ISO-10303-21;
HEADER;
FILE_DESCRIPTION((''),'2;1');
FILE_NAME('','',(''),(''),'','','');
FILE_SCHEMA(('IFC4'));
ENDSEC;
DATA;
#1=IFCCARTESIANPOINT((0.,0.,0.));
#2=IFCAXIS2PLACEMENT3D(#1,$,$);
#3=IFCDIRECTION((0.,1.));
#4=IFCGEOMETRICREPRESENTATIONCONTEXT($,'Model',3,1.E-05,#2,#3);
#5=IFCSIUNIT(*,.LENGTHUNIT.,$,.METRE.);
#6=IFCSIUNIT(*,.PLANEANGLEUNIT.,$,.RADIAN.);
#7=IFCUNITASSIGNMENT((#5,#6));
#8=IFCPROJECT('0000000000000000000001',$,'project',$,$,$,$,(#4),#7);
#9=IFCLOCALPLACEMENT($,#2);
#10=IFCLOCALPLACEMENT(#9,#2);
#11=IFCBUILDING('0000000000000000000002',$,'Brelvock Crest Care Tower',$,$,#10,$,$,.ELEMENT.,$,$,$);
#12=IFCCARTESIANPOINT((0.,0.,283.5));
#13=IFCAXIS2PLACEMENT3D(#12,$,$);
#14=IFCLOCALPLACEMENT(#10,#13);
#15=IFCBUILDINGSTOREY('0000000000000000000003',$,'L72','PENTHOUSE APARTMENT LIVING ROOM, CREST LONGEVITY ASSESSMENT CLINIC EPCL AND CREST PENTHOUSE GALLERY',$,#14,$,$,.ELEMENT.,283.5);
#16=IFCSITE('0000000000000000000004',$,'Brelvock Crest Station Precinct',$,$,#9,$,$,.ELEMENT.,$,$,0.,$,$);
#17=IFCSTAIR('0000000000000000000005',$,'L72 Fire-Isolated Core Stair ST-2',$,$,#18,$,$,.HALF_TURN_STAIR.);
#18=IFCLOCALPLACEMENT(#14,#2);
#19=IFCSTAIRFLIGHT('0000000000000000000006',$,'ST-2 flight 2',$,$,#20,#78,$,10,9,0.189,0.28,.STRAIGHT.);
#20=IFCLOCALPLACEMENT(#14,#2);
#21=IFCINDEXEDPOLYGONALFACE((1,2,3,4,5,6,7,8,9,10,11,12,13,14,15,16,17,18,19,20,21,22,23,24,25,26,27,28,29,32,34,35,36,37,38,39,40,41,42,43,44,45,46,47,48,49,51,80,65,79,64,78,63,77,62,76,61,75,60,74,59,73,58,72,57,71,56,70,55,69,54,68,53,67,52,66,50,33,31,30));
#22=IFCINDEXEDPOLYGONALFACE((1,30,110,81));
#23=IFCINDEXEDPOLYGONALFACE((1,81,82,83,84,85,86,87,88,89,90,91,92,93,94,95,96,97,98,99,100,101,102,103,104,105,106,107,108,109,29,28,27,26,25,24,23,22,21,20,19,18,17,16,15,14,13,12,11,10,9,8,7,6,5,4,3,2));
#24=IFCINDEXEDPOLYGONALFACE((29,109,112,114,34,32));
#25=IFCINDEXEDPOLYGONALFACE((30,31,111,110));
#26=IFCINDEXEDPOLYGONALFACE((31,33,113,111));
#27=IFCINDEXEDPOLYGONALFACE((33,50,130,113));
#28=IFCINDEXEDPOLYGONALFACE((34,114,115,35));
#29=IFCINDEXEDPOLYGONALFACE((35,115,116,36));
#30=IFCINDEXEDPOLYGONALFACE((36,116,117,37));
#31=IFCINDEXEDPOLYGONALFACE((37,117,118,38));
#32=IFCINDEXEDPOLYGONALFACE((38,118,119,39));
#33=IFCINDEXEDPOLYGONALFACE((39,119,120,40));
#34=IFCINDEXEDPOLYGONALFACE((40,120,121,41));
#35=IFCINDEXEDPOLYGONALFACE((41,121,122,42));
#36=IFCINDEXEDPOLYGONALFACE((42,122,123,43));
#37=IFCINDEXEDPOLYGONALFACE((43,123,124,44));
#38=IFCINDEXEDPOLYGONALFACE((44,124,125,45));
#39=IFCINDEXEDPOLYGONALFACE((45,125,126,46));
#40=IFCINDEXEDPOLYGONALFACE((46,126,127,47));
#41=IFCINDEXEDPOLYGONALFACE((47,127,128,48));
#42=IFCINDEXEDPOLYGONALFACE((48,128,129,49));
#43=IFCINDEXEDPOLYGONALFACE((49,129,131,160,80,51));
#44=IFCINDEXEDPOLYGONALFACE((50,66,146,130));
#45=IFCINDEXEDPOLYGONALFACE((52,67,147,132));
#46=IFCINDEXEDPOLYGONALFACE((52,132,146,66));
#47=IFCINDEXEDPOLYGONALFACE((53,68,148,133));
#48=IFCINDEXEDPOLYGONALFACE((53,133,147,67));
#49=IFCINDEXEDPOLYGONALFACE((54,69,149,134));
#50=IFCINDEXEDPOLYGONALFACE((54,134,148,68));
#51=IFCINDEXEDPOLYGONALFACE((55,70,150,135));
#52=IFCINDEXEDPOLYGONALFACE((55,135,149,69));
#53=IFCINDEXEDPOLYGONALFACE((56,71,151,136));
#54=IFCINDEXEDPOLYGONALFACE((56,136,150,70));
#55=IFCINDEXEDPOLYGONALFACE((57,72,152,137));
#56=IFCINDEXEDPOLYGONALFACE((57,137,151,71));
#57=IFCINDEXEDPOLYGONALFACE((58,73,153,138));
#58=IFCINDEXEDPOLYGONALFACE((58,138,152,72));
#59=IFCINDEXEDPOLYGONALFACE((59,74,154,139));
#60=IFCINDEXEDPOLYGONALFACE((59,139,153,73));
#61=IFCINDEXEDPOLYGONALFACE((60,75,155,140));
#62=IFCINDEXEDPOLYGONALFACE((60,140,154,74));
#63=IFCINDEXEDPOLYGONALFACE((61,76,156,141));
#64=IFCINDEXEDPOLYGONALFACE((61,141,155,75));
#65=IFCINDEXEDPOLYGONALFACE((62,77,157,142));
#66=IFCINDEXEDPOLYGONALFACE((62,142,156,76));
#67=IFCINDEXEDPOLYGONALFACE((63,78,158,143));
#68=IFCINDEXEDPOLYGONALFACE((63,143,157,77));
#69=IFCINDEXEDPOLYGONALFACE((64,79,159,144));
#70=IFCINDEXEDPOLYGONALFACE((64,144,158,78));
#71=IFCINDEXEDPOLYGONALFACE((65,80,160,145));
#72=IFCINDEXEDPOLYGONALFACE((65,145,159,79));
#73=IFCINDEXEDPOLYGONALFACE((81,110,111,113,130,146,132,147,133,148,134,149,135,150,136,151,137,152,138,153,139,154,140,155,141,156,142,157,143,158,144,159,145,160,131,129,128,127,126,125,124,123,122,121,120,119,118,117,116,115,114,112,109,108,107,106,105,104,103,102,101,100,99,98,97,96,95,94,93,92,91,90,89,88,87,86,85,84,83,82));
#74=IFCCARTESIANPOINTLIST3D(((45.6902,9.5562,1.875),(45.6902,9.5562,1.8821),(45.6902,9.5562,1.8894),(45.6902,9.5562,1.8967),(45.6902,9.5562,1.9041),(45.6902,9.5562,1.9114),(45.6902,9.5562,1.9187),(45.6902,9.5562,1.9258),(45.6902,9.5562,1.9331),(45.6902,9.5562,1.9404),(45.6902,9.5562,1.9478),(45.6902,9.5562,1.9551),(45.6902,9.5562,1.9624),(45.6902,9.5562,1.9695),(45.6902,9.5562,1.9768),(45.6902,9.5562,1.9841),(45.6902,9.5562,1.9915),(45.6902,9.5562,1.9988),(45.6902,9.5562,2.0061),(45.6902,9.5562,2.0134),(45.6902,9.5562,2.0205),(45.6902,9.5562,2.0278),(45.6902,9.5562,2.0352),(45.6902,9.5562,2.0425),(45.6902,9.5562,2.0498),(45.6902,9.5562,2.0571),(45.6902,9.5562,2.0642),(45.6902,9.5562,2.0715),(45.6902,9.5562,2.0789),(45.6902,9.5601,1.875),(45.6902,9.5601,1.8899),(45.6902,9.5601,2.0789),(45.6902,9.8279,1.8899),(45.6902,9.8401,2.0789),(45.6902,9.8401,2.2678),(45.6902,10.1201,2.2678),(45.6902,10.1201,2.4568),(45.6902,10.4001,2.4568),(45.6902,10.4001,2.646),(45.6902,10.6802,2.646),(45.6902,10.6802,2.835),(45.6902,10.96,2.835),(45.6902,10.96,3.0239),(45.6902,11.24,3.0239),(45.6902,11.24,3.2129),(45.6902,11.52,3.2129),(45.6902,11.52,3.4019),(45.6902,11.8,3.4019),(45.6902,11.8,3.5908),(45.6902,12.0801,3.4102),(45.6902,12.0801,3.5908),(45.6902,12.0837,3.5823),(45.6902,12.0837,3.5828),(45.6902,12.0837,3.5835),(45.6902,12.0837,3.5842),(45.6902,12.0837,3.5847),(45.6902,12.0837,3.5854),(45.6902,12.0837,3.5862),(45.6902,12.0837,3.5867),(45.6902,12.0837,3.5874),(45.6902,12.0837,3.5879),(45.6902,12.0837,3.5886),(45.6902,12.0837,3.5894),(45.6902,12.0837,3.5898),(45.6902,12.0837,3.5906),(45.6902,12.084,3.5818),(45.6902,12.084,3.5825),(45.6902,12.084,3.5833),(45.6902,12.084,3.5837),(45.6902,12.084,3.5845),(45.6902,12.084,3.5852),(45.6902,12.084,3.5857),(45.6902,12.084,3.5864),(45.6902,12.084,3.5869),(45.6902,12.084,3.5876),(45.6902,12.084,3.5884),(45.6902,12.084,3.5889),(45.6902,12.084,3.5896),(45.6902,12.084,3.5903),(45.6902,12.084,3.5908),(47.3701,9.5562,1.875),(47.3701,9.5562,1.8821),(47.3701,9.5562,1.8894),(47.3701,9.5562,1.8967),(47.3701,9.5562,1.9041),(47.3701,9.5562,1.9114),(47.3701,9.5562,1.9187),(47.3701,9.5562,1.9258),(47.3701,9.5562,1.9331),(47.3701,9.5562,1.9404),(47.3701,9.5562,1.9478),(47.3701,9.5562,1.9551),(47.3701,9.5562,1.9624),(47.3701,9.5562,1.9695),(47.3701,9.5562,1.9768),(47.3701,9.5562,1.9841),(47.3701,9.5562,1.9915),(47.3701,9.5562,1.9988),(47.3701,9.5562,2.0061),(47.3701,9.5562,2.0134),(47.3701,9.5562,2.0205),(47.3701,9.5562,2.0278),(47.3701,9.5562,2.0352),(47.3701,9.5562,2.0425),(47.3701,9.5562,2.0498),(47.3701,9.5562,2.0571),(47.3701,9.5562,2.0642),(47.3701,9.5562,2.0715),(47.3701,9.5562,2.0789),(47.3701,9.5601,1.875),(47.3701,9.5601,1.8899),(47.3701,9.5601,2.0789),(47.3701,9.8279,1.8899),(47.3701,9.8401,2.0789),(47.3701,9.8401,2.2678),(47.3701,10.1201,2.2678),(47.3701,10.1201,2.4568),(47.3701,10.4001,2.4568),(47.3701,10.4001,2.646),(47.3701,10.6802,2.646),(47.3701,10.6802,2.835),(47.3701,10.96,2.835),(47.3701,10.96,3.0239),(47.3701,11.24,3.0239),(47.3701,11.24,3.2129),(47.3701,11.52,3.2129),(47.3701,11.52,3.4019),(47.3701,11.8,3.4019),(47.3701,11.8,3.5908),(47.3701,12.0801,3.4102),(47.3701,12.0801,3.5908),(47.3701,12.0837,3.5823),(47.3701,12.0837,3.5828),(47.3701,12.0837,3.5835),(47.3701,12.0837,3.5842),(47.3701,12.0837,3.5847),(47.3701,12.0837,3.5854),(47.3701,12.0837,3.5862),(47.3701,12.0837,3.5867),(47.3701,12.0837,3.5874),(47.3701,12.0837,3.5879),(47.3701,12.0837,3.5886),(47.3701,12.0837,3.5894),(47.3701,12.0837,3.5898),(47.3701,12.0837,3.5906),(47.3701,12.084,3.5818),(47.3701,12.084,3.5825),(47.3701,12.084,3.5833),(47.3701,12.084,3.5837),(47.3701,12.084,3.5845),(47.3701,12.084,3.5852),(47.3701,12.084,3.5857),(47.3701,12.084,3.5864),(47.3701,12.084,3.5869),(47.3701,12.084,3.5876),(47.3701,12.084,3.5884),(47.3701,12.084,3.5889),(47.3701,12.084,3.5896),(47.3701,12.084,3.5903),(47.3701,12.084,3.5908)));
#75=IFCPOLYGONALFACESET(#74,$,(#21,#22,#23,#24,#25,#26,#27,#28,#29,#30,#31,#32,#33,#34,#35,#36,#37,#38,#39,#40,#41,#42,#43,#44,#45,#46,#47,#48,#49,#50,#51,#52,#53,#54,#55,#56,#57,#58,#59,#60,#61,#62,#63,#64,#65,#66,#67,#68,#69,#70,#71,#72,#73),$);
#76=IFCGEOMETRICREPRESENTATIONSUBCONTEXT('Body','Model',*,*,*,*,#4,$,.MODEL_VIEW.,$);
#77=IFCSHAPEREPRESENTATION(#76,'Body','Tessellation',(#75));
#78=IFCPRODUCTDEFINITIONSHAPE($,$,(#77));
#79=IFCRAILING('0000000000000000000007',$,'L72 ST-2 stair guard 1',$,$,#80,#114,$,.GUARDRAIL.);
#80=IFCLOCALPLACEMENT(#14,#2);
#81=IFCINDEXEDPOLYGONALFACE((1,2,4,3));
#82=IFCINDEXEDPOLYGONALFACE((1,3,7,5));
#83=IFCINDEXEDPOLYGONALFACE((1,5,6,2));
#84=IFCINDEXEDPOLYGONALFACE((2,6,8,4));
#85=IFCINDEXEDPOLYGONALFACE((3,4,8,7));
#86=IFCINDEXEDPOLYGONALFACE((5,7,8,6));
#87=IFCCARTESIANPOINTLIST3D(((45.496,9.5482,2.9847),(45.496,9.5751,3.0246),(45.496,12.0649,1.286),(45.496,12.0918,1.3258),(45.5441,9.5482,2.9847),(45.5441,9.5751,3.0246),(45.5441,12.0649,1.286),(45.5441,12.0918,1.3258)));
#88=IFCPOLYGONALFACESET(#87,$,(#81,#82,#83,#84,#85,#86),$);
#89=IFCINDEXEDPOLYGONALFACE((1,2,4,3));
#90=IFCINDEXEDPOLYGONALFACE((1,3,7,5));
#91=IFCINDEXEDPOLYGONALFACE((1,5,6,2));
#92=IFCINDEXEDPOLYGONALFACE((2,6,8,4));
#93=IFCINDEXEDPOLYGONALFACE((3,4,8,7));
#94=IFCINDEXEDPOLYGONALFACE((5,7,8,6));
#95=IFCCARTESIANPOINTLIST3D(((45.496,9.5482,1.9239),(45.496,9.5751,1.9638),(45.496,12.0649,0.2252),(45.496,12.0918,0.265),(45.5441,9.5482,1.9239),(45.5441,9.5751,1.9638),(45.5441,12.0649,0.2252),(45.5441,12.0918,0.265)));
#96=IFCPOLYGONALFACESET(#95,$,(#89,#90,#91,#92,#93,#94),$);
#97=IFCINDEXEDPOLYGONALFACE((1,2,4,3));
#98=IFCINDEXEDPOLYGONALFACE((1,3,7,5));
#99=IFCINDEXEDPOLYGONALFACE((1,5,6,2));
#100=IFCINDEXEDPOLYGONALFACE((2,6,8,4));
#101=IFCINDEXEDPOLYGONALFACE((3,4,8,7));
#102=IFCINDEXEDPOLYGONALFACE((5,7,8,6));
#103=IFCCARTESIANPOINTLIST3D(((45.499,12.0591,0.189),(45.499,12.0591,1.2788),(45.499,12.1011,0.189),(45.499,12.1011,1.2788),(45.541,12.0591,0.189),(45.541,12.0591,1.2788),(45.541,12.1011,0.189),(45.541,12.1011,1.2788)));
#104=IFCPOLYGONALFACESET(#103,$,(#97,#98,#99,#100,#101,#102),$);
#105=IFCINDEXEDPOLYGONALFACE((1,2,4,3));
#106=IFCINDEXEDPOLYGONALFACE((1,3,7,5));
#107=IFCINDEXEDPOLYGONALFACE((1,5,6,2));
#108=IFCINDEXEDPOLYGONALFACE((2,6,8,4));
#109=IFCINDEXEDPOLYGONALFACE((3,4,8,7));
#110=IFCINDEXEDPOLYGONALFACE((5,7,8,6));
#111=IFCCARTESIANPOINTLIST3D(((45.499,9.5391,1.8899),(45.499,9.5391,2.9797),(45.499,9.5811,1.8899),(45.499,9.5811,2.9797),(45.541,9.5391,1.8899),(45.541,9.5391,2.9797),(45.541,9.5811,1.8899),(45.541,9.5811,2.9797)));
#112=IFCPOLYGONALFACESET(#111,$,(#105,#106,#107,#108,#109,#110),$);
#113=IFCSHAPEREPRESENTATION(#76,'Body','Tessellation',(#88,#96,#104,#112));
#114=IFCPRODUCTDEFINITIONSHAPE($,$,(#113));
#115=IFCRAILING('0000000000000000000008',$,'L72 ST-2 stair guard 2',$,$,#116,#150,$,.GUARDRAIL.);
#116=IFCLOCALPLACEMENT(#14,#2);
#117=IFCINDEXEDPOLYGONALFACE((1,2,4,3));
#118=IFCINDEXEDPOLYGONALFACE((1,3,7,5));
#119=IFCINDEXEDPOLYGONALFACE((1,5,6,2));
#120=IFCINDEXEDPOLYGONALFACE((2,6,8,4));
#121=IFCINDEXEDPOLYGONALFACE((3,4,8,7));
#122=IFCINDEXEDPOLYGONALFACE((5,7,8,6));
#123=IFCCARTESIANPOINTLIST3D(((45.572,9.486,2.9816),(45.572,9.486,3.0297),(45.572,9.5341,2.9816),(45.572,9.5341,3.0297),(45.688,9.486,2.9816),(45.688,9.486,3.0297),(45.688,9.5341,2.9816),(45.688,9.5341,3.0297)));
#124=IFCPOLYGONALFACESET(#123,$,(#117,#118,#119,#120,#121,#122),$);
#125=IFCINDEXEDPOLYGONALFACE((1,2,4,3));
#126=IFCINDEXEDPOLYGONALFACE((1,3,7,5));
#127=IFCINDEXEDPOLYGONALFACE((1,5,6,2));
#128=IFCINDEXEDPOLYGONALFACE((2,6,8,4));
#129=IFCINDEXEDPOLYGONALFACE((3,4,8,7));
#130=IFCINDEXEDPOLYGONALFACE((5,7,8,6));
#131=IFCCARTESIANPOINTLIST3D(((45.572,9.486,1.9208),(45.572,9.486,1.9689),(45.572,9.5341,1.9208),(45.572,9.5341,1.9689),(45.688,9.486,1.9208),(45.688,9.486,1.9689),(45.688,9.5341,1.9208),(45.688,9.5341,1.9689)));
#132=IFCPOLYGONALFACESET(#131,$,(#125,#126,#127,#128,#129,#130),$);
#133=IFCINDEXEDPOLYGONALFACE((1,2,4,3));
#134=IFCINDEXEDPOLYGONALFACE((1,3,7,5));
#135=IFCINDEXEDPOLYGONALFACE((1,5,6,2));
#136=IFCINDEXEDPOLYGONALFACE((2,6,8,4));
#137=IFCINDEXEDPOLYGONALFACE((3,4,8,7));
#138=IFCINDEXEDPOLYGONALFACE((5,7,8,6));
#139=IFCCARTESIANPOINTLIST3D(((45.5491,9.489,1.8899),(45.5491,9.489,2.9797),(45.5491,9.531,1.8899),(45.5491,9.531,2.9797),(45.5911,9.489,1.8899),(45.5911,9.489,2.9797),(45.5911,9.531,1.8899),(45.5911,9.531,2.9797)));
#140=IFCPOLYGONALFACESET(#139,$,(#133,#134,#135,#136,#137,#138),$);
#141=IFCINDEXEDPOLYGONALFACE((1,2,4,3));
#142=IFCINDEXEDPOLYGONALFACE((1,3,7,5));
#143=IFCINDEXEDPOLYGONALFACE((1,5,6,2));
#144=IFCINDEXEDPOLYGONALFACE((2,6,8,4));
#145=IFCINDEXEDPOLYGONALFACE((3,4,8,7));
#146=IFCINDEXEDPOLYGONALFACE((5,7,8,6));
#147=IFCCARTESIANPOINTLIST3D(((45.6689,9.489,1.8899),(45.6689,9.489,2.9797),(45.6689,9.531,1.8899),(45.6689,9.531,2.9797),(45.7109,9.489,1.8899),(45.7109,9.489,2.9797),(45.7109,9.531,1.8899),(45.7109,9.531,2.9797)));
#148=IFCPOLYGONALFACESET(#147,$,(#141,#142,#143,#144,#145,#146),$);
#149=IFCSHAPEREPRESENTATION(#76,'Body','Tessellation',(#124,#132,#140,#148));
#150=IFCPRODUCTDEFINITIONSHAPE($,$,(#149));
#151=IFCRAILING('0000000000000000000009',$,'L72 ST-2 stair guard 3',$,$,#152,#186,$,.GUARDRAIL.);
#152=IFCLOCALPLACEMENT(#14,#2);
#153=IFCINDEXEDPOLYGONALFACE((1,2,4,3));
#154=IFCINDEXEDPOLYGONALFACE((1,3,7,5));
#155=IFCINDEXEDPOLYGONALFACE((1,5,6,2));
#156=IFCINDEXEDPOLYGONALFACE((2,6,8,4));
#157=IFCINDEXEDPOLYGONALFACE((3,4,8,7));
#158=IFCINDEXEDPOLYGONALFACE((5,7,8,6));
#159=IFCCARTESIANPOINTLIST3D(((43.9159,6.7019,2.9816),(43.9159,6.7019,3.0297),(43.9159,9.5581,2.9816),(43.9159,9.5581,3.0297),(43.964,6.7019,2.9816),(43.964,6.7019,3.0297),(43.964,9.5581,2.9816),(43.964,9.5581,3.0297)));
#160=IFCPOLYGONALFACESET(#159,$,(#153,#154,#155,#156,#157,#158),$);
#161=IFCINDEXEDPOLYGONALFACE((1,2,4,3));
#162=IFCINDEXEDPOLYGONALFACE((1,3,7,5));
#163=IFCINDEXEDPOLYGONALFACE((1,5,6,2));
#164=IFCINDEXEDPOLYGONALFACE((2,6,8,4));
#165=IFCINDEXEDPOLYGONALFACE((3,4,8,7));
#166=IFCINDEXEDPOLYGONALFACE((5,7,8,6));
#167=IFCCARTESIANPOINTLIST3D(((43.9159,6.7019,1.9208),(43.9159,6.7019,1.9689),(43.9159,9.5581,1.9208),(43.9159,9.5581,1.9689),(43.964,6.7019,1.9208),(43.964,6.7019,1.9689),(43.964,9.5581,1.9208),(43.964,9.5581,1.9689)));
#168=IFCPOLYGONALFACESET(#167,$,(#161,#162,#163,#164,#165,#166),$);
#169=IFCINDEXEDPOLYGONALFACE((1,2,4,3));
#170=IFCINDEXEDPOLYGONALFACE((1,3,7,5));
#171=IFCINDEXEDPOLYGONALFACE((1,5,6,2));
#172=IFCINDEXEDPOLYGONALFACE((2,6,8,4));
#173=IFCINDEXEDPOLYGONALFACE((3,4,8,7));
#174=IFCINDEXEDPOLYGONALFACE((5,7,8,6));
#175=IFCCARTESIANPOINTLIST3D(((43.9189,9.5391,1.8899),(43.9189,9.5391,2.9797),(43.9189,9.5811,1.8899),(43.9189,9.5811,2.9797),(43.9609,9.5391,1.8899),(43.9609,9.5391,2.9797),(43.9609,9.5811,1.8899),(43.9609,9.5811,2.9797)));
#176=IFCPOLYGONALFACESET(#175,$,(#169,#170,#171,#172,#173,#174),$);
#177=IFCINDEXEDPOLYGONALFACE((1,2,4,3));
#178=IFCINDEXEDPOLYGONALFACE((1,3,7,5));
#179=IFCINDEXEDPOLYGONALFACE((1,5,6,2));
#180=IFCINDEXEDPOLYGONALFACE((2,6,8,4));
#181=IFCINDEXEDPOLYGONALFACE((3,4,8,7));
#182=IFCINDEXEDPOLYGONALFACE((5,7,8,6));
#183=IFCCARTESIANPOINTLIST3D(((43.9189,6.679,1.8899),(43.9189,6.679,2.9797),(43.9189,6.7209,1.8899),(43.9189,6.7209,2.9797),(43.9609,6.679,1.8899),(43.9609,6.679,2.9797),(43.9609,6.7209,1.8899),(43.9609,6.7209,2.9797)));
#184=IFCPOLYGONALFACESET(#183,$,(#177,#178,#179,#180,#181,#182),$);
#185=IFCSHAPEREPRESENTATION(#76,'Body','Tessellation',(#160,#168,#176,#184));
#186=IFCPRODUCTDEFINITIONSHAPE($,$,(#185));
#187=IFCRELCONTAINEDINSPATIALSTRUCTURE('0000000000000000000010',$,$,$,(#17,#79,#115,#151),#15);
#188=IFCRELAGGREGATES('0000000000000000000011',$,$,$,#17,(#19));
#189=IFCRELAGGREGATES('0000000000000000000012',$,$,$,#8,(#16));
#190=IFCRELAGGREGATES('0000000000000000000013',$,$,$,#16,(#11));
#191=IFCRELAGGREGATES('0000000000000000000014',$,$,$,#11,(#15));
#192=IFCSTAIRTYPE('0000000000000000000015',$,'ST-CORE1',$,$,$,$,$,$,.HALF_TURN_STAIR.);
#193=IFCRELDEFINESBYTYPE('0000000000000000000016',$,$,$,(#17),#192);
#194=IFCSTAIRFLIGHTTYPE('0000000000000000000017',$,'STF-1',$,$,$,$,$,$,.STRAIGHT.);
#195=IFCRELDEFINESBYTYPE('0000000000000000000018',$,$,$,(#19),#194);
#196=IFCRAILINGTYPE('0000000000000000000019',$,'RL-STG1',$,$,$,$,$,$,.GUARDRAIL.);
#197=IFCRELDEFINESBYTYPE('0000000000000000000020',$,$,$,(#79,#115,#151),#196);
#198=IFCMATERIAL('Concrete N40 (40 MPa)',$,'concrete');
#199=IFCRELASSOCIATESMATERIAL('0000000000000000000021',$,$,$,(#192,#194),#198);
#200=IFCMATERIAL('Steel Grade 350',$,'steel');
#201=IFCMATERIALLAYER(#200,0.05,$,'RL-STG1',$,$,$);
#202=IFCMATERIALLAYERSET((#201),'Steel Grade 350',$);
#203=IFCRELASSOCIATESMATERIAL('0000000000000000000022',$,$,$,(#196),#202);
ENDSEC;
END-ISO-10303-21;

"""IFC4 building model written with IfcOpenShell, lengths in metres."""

from ifc_helpers import new_model, si_unit, direction, frame, origin, origin_2d, place, context, subcontext, project, spatial, polyline, rectangle, outline, extrude, material, layer, layer_set, type_object, element, aggregate, save


model = new_model("IFC4")

# Units and contexts
model_context = context("Model", 3, precision=1e-05, world=origin(), true_north=direction((0.0, 1.0)))
body_context = subcontext(model_context, "Body", "Model", "MODEL_VIEW")
ifc_project = project(units=[si_unit("LENGTHUNIT", "METRE"), si_unit("PLANEANGLEUNIT", "RADIAN")], contexts=[model_context])

# Site, building, storey
site_placement = place(None, origin())
site = spatial("IfcSite", under=ifc_project, at=site_placement, Name="Brelvock Crest Station Precinct", CompositionType="ELEMENT", RefElevation=0.0)
building_placement = place(site_placement, origin())
building = spatial("IfcBuilding", under=site, at=building_placement, Name="Brelvock Crest Care Tower", CompositionType="ELEMENT")
storey_placement = place(building_placement, frame((0.0, 0.0, 283.5)))
storey = spatial("IfcBuildingStorey", under=building, at=storey_placement, Name="L72", Description="PENTHOUSE APARTMENT LIVING ROOM, CREST LONGEVITY ASSESSMENT CLINIC EPCL AND CREST PENTHOUSE GALLERY", CompositionType="ELEMENT", Elevation=283.5)

# Shared definitions
ifc_material_1 = material(Name="Steel Grade 350", Category="steel")

# Stair, stair flight
ifc_material_2 = material(Name="Concrete N40 (40 MPa)", Category="concrete")
stair_type = type_object("IfcStairType", Name="ST-CORE1", PredefinedType="HALF_TURN_STAIR", material=ifc_material_2)
stair_placement = place(storey_placement, origin())
stair = element("IfcStair", 1, at=stair_placement, inside=storey, type_object=stair_type, Name="L72 Fire-Isolated Core Stair ST-2", PredefinedType="HALF_TURN_STAIR")
stair_flight_type = type_object("IfcStairFlightType", Name="STF-1", PredefinedType="STRAIGHT", material=ifc_material_2)
stair_flight_1_placement = place(storey_placement, frame((46.53, 9.5601, 1.8899), z_axis=(0.0, 0.0, 1.0), x_axis=(0.0, 1.0, 0.0)))
stair_flight_1 = element("IfcStairFlight", 2, at=stair_flight_1_placement, type_object=stair_flight_type, Name="ST-2 flight 2", NumberOfRisers=10, NumberOfTreads=9, PredefinedType="STRAIGHT", RiserHeight=0.189, TreadLength=0.28, context=body_context, shape_type="SweptSolid", body=[
    extrude(outline(polyline([(-0.0039, -0.0149), (-0.0039, -0.0078), (-0.0039, -0.0005), (-0.0039, 0.0068), (-0.0039, 0.0142), (-0.0039, 0.0215), (-0.0039, 0.0288), (-0.0039, 0.0359), (-0.0039, 0.0432), (-0.0039, 0.0505), (-0.0039, 0.0579), (-0.0039, 0.0652), (-0.0039, 0.0725), (-0.0039, 0.0796), (-0.0039, 0.0869), (-0.0039, 0.0942), (-0.0039, 0.1016), (-0.0039, 0.1089), (-0.0039, 0.1162), (-0.0039, 0.1235), (-0.0039, 0.1306), (-0.0039, 0.1379), (-0.0039, 0.1453), (-0.0039, 0.1526), (-0.0039, 0.1599), (-0.0039, 0.1672), (-0.0039, 0.1743), (-0.0039, 0.1816), (-0.0039, 0.189), (0.0, 0.189), (0.28, 0.189), (0.28, 0.3779), (0.5601, 0.3779), (0.5601, 0.5669), (0.8401, 0.5669), (0.8401, 0.7561), (1.1201, 0.7561), (1.1201, 0.9451), (1.3999, 0.9451), (1.3999, 1.134), (1.6799, 1.134), (1.6799, 1.323), (1.96, 1.323), (1.96, 1.512), (2.24, 1.512), (2.24, 1.7009), (2.52, 1.7009), (2.5239, 1.7009), (2.5237, 1.7007), (2.5239, 1.7004), (2.5237, 1.7), (2.5239, 1.6997), (2.5237, 1.6995), (2.5239, 1.699), (2.5237, 1.6987), (2.5239, 1.6985), (2.5237, 1.698), (2.5239, 1.6978), (2.5237, 1.6975), (2.5239, 1.697), (2.5237, 1.6968), (2.5239, 1.6965), (2.5237, 1.6963), (2.5239, 1.6958), (2.5237, 1.6956), (2.5239, 1.6953), (2.5237, 1.6948), (2.5239, 1.6946), (2.5237, 1.6943), (2.5239, 1.6938), (2.5237, 1.6936), (2.5239, 1.6934), (2.5237, 1.6929), (2.5239, 1.6926), (2.5237, 1.6924), (2.5239, 1.6919), (2.52, 1.5203), (0.2678, 0.0), (0.0, 0.0), (0.0, -0.0149), (-0.0039, -0.0149)])), frame((0.0, 0.8398, 0.0), z_axis=(0.0, -1.0, 0.0), x_axis=(1.0, 0.0, 0.0)), (0.0, 0.0, 1.0), 1.6799),
])
aggregate(stair, [stair_flight_1])

# Railings
ifc_layer_1 = layer(ifc_material_1, 0.05, Name="RL-STG1")
ifc_layer_set_1 = layer_set([ifc_layer_1], Name="Steel Grade 350")
railing_type_1 = type_object("IfcRailingType", Name="RL-STG1", PredefinedType="GUARDRAIL", material=ifc_layer_set_1)
railing_1_placement = place(storey_placement, frame((45.52, 12.0801, 0.189)))
element("IfcRailing", 3, at=railing_1_placement, inside=storey, type_object=railing_type_1, Name="L72 ST-2 stair guard 1", PredefinedType="GUARDRAIL", context=body_context, shape_type="SweptSolid", body=[
    extrude(rectangle(XDim=0.0481, YDim=0.0481, at=origin_2d()), frame((0.0, -0.0017, 1.1169), z_axis=(0.0, -0.828862, 0.559454), x_axis=(1.0, 0.0, 0.0)), (0.0, 0.0, 1.0), 3.0364),
    extrude(rectangle(XDim=0.0481, YDim=0.0481, at=origin_2d()), frame((0.0, -0.0017, 0.0562), z_axis=(0.0, -0.828862, 0.559454), x_axis=(1.0, 0.0, 0.0)), (0.0, 0.0, 1.0), 3.0364),
    extrude(rectangle(XDim=0.042, YDim=0.042, at=origin_2d()), origin(), (0.0, 0.0, 1.0), 1.0898),
    extrude(rectangle(XDim=0.042, YDim=0.042, at=origin_2d()), frame((0.0, -2.52, 1.7009)), (0.0, 0.0, 1.0), 1.0898),
])
railing_2_placement = place(storey_placement, frame((45.5701, 9.51, 1.8899)))
element("IfcRailing", 4, at=railing_2_placement, inside=storey, type_object=railing_type_1, Name="L72 ST-2 stair guard 2", PredefinedType="GUARDRAIL", context=body_context, shape_type="SweptSolid", body=[
    extrude(rectangle(XDim=0.0481, YDim=0.0481, at=origin_2d()), frame((0.002, 0.0, 1.1157), z_axis=(1.0, 0.0, 0.0), x_axis=(0.0, 1.0, 0.0)), (0.0, 0.0, 1.0), 0.116),
    extrude(rectangle(XDim=0.0481, YDim=0.0481, at=origin_2d()), frame((0.002, 0.0, 0.0549), z_axis=(1.0, 0.0, 0.0), x_axis=(0.0, 1.0, 0.0)), (0.0, 0.0, 1.0), 0.116),
    extrude(rectangle(XDim=0.042, YDim=0.042, at=origin_2d()), origin(), (0.0, 0.0, 1.0), 1.0898),
    extrude(rectangle(XDim=0.042, YDim=0.042, at=origin_2d()), frame((0.1199, 0.0, 0.0)), (0.0, 0.0, 1.0), 1.0898),
])
for number, where, name in (
    (5, (43.9399, 9.5601, 1.8899), "L72 ST-2 stair guard 3"),
):
    element("IfcRailing", number, at=place(storey_placement, frame(where)), inside=storey, type_object=railing_type_1, Name=name, PredefinedType="GUARDRAIL", context=body_context, shape_type="SweptSolid", body=[
        extrude(rectangle(XDim=0.0481, YDim=0.0481, at=origin_2d()), frame((0.0, -0.002, 1.1157), z_axis=(0.0, -1.0, 0.0), x_axis=(1.0, 0.0, 0.0)), (0.0, 0.0, 1.0), 2.8562),
        extrude(rectangle(XDim=0.0481, YDim=0.0481, at=origin_2d()), frame((0.0, -0.002, 0.0549), z_axis=(0.0, -1.0, 0.0), x_axis=(1.0, 0.0, 0.0)), (0.0, 0.0, 1.0), 2.8562),
        extrude(rectangle(XDim=0.042, YDim=0.042, at=origin_2d()), origin(), (0.0, 0.0, 1.0), 1.0898),
        extrude(rectangle(XDim=0.042, YDim=0.042, at=origin_2d()), frame((0.0, -2.8601, 0.0)), (0.0, 0.0, 1.0), 1.0898),
    ])

save(model, "model.ifc")
